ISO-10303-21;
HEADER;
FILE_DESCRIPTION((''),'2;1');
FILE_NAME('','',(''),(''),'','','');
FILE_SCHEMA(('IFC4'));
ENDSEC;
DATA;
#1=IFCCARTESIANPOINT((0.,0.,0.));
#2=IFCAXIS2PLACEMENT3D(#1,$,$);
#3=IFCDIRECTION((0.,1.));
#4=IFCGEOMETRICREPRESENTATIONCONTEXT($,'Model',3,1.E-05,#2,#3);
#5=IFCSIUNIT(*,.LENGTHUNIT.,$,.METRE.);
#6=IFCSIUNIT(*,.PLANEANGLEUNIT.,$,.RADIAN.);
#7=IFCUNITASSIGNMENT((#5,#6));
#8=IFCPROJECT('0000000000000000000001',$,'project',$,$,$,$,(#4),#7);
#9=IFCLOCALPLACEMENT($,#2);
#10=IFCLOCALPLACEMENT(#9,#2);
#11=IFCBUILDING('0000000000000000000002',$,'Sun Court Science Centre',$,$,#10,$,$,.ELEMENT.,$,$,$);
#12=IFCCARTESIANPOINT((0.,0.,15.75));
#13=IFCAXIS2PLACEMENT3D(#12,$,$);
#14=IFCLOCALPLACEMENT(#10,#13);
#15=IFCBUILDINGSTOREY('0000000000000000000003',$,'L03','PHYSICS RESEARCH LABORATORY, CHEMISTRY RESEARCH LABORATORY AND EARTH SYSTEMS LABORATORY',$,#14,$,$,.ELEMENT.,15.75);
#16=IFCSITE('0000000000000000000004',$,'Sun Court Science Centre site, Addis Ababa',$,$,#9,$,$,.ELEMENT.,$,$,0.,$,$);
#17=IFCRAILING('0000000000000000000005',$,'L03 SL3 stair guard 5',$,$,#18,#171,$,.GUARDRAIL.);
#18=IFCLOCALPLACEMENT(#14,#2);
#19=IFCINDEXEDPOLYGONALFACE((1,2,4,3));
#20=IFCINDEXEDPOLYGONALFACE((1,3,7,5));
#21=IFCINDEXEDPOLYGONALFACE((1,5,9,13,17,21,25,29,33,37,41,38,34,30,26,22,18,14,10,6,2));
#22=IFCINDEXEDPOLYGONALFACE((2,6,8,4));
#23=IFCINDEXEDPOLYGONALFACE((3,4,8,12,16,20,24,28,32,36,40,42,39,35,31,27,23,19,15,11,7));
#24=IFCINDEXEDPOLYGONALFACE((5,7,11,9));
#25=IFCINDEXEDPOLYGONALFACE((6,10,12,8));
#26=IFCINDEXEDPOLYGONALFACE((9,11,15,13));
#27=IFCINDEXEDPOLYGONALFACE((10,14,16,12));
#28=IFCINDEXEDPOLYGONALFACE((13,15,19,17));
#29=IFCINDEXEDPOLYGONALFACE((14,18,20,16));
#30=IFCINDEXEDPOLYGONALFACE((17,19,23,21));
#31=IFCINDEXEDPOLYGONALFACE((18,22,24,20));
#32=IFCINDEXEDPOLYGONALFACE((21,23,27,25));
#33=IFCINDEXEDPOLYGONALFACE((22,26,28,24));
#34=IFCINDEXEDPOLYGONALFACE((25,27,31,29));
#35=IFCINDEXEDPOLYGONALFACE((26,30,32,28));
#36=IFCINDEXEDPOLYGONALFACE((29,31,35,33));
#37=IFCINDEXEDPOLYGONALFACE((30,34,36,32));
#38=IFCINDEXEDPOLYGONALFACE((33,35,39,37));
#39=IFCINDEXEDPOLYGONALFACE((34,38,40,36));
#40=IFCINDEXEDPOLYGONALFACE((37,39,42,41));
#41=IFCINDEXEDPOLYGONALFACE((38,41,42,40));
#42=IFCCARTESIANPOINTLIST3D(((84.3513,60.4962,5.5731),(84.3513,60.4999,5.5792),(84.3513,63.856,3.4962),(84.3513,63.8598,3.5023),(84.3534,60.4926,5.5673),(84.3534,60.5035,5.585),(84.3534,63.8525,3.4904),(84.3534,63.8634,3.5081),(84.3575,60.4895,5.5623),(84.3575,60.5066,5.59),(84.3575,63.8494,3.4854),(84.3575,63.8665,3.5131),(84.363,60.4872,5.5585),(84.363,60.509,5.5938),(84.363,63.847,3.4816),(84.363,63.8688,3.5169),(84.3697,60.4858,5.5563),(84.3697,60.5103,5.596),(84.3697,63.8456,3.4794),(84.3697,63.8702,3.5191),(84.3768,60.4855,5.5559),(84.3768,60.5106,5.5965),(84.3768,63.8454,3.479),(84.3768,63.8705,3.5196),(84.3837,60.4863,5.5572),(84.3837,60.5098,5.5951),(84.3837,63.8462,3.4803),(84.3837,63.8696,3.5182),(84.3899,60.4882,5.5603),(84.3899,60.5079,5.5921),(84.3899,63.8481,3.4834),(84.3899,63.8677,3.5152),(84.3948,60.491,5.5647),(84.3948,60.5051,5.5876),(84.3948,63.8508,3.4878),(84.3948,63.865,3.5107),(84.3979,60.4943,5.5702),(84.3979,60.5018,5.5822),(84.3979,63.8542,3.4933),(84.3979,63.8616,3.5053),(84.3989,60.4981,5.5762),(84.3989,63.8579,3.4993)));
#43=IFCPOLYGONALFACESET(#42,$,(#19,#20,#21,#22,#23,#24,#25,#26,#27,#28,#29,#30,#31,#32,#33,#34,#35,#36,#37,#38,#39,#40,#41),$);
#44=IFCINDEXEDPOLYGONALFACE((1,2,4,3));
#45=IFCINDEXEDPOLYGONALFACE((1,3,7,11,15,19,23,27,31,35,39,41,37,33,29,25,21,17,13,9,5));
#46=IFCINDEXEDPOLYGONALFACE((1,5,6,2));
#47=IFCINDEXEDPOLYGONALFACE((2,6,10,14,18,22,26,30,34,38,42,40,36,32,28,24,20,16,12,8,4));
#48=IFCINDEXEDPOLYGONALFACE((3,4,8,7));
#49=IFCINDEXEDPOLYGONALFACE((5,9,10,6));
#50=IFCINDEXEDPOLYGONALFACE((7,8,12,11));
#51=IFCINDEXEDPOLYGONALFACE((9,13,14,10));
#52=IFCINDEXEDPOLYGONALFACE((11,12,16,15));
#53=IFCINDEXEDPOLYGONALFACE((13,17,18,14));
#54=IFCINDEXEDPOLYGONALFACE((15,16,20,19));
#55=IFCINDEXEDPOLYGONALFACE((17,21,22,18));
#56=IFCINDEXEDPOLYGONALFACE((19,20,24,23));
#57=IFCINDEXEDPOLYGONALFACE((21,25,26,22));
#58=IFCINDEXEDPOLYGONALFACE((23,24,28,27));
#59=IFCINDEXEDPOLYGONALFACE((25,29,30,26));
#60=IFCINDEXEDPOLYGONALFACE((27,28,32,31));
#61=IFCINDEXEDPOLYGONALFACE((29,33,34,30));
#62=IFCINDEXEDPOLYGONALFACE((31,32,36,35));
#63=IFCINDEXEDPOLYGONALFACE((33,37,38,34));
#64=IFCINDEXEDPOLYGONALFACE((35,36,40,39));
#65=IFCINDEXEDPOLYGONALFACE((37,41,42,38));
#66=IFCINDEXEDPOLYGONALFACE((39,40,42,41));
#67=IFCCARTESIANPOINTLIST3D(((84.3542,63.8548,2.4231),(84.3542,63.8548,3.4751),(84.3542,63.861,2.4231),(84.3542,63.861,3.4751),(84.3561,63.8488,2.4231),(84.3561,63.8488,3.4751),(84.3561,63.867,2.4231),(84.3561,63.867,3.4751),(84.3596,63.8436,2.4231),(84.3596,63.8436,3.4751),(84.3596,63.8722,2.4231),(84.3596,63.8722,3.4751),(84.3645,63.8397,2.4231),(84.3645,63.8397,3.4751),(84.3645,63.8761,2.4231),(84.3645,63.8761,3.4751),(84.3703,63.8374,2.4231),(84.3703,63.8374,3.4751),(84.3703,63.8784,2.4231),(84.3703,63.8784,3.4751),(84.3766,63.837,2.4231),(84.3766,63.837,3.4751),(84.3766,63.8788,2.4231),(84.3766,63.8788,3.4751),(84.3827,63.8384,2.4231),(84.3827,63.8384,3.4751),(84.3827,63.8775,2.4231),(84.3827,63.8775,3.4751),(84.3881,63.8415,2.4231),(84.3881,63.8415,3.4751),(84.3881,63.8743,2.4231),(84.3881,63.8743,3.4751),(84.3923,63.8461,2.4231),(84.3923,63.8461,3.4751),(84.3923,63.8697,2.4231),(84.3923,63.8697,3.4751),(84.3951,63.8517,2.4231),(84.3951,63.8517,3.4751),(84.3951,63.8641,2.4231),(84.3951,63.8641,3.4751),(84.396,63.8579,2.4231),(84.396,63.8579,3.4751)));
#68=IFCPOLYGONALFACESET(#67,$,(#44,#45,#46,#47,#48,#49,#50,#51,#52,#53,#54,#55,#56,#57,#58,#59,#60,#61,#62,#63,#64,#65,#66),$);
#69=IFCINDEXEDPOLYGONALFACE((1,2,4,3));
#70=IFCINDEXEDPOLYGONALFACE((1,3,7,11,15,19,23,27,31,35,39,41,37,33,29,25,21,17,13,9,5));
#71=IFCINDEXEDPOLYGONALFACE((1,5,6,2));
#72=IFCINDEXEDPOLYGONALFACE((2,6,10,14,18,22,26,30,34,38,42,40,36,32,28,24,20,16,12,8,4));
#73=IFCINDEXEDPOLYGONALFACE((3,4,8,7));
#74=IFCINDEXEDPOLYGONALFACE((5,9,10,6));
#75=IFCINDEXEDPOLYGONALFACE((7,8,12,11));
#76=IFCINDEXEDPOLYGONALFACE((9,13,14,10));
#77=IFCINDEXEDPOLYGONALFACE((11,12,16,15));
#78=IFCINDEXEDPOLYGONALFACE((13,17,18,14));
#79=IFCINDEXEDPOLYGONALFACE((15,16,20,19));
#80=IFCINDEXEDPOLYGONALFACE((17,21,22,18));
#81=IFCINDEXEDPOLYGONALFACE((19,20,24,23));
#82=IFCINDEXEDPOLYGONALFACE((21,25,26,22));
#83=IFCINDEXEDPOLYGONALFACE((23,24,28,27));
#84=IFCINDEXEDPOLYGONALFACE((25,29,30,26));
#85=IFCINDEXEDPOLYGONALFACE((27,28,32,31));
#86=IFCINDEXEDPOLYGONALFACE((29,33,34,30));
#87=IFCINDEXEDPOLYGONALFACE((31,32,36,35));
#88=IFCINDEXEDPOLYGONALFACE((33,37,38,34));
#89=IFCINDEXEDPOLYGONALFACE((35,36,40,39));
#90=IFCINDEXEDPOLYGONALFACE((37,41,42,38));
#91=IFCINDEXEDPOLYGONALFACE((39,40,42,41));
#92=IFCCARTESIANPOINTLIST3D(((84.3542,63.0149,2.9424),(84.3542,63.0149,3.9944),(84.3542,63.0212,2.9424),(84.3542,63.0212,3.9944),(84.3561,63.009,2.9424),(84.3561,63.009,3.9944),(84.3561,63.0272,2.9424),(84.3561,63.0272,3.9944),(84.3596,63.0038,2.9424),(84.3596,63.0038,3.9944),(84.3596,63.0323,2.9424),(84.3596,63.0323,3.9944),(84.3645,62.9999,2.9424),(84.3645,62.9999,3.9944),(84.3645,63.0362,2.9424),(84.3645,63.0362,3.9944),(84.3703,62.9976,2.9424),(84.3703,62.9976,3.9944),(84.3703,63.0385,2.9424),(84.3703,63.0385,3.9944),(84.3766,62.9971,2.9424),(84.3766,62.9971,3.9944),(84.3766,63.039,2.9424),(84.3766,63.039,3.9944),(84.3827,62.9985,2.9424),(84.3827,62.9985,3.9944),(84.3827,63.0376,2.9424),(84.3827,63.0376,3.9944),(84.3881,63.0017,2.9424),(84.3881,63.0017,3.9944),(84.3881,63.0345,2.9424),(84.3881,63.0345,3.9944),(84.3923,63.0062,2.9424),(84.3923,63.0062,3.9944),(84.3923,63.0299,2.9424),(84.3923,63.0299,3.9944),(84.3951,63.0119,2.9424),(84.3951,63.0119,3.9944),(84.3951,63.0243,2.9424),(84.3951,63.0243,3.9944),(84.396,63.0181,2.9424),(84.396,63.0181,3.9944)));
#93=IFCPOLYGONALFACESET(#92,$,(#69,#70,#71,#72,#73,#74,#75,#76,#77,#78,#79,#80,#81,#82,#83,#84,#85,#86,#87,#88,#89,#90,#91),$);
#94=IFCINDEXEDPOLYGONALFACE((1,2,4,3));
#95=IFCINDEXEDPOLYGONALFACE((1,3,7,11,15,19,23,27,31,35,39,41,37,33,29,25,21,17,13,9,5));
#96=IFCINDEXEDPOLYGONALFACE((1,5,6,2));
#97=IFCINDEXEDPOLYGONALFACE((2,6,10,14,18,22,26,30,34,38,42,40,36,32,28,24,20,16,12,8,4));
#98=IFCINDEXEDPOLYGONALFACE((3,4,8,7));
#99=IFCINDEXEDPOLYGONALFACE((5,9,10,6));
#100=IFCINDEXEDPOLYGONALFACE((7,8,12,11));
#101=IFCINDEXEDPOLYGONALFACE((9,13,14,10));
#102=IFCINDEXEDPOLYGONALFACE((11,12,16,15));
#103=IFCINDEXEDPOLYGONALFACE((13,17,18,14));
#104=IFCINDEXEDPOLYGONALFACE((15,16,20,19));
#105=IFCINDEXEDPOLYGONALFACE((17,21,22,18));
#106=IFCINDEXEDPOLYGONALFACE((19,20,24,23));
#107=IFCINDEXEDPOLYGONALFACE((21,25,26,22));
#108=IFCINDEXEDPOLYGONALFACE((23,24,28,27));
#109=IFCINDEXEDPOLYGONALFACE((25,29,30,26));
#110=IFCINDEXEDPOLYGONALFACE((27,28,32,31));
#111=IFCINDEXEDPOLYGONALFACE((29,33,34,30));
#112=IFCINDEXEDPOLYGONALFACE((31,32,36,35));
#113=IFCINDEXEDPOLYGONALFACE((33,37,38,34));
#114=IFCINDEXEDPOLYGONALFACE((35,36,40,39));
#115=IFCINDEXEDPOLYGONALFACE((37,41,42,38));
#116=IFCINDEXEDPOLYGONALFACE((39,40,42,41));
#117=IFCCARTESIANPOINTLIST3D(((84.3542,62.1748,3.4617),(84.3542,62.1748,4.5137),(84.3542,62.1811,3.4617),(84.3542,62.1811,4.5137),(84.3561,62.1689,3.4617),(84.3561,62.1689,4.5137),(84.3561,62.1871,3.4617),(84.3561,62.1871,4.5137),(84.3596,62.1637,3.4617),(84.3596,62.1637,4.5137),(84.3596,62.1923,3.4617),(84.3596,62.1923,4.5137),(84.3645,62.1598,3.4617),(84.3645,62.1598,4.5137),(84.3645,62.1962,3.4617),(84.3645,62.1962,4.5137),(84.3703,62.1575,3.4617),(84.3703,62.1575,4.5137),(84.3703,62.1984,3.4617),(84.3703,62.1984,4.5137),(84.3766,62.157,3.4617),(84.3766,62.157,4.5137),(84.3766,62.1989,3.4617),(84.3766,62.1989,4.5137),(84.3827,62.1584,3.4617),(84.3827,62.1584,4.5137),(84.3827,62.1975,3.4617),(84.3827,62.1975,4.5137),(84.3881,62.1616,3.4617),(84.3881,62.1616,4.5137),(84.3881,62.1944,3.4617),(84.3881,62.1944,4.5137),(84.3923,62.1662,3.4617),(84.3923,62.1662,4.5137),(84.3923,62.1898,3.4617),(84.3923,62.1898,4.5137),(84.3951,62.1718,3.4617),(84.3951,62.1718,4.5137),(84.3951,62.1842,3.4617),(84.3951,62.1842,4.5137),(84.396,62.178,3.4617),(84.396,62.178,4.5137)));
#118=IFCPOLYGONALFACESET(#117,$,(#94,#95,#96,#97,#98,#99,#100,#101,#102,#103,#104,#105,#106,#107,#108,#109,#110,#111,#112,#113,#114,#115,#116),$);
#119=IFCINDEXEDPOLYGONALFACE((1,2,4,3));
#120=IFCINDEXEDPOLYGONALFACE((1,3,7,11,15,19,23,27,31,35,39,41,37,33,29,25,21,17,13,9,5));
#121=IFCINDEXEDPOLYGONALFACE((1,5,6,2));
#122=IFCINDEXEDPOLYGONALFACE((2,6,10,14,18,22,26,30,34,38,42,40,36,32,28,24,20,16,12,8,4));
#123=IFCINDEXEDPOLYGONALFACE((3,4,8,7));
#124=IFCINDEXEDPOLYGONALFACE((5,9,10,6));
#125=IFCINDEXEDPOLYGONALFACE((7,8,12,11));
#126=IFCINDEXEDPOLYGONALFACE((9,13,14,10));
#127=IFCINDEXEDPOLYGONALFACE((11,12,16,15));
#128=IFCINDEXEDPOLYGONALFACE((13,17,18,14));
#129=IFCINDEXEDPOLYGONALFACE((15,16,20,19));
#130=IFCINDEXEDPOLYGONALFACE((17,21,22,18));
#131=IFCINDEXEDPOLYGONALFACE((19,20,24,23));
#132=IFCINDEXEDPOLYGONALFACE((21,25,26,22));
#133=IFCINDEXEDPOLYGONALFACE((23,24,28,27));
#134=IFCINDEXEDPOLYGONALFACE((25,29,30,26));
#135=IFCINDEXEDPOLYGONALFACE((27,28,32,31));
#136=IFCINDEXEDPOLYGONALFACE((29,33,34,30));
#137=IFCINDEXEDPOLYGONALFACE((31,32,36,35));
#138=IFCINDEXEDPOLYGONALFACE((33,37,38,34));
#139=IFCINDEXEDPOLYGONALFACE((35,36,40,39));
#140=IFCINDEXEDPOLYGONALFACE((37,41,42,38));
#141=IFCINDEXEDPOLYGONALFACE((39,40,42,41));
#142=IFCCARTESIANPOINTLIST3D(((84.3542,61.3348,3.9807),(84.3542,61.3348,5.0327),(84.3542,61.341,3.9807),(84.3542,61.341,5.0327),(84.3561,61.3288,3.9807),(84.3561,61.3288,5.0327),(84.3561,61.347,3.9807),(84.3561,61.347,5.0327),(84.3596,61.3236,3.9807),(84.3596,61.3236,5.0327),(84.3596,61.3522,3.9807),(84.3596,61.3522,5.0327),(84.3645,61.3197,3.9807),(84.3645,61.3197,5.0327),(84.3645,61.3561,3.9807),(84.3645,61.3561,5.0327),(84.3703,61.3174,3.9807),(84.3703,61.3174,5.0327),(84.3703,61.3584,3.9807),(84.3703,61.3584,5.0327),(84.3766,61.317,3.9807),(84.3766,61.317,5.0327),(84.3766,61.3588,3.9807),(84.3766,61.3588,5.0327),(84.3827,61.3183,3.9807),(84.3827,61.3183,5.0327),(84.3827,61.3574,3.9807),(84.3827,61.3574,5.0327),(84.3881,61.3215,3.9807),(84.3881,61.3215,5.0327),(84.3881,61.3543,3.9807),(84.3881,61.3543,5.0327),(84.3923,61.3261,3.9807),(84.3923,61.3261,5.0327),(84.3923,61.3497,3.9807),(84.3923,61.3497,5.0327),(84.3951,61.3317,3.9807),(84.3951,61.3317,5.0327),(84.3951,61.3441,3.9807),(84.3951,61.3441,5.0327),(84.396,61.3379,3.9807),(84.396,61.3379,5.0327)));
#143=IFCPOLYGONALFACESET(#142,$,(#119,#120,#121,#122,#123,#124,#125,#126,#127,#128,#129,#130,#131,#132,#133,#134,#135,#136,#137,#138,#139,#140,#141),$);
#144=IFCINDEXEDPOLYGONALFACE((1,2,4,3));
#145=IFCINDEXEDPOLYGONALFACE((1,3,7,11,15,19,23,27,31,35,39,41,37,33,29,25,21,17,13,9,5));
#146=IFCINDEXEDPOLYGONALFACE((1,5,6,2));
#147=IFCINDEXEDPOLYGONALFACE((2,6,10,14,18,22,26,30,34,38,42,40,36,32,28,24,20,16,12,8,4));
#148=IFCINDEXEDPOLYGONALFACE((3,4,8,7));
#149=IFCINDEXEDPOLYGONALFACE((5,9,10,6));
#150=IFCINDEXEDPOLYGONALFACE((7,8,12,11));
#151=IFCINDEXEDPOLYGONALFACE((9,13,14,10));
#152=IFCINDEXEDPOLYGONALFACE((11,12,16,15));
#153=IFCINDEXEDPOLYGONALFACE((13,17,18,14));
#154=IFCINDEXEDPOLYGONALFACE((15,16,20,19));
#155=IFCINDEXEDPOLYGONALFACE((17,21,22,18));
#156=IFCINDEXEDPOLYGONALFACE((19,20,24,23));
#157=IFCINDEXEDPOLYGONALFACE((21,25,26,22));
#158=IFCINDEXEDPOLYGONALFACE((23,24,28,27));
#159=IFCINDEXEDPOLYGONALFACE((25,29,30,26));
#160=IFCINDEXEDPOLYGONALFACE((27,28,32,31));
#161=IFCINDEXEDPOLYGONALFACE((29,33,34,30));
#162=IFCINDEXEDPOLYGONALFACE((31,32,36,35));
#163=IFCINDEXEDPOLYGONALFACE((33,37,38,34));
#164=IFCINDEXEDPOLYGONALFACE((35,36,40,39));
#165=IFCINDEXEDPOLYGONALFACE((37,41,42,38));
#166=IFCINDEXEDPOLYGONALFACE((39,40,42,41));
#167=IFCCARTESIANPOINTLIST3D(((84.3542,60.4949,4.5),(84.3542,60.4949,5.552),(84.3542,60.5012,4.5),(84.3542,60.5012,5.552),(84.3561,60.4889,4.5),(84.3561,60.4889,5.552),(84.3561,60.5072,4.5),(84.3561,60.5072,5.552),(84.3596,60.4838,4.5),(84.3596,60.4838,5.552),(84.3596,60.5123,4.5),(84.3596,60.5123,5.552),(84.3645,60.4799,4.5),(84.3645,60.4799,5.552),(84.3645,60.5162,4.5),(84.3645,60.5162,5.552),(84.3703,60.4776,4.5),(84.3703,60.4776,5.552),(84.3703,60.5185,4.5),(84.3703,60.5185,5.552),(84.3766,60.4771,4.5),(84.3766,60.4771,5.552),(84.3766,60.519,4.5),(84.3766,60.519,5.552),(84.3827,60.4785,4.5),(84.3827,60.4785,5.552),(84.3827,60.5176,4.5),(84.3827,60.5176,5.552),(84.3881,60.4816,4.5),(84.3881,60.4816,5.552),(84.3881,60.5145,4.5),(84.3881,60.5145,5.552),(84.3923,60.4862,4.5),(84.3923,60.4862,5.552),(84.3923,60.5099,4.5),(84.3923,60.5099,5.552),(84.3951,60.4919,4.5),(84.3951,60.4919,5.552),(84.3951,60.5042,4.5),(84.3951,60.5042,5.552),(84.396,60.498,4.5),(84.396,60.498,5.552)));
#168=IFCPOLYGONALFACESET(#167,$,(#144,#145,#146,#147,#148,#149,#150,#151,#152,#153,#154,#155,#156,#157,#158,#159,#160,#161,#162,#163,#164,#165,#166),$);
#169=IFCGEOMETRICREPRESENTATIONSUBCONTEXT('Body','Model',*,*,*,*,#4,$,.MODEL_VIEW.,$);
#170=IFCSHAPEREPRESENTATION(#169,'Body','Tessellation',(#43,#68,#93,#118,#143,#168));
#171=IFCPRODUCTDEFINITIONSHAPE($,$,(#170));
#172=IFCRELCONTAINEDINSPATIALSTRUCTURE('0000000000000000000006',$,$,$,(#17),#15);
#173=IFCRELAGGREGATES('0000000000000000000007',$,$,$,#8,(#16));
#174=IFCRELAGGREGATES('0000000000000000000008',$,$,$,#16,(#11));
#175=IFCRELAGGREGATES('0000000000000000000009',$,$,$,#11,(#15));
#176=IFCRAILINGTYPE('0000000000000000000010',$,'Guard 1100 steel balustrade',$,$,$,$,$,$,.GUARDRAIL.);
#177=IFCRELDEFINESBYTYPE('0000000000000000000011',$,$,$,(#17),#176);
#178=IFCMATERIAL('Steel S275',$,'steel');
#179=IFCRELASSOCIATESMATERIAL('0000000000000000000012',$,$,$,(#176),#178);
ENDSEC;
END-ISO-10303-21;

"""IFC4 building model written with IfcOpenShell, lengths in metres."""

from ifc_helpers import new_model, si_unit, direction, frame, origin, origin_2d, place, context, subcontext, project, spatial, circle, extrude, material, type_object, element, save


model = new_model("IFC4")

# Units and contexts
model_context = context("Model", 3, precision=1e-05, world=origin(), true_north=direction((0.0, 1.0)))
body_context = subcontext(model_context, "Body", "Model", "MODEL_VIEW")
ifc_project = project(units=[si_unit("LENGTHUNIT", "METRE"), si_unit("PLANEANGLEUNIT", "RADIAN")], contexts=[model_context])

# Site, building, storey
site_placement = place(None, origin())
site = spatial("IfcSite", under=ifc_project, at=site_placement, Name="Sun Court Science Centre site, Addis Ababa", CompositionType="ELEMENT", RefElevation=0.0)
building_placement = place(site_placement, origin())
building = spatial("IfcBuilding", under=site, at=building_placement, Name="Sun Court Science Centre", CompositionType="ELEMENT")
storey_placement = place(building_placement, frame((0.0, 0.0, 15.75)))
storey = spatial("IfcBuildingStorey", under=building, at=storey_placement, Name="L03", Description="PHYSICS RESEARCH LABORATORY, CHEMISTRY RESEARCH LABORATORY AND EARTH SYSTEMS LABORATORY", CompositionType="ELEMENT", Elevation=15.75)

# Railing
ifc_material_1 = material(Name="Steel S275", Category="steel")
railing_type_1 = type_object("IfcRailingType", Name="Guard 1100 steel balustrade", PredefinedType="GUARDRAIL", material=ifc_material_1)
railing_1_placement = place(storey_placement, frame((84.375, 63.8579, 2.4231)))
element("IfcRailing", 1, at=railing_1_placement, inside=storey, type_object=railing_type_1, Name="L03 SL3 stair guard 5", PredefinedType="GUARDRAIL", context=body_context, shape_type="SweptSolid", body=[
    extrude(circle(Radius=0.0239, at=origin_2d()), frame((0.0, 0.0, 1.0762), z_axis=(0.0, -0.850606, 0.525803), x_axis=(1.0, 0.0, 0.0)), (0.0, 0.0, 1.0), 3.95),
    extrude(circle(Radius=0.021, at=origin_2d()), origin(), (0.0, 0.0, 1.0), 1.052),
    extrude(circle(Radius=0.021, at=origin_2d()), frame((0.0, -0.8398, 0.5193)), (0.0, 0.0, 1.0), 1.052),
    extrude(circle(Radius=0.021, at=origin_2d()), frame((0.0, -1.6799, 1.0386)), (0.0, 0.0, 1.0), 1.052),
    extrude(circle(Radius=0.021, at=origin_2d()), frame((0.0, -2.52, 1.5576)), (0.0, 0.0, 1.0), 1.052),
    extrude(circle(Radius=0.021, at=origin_2d()), frame((0.0, -3.3599, 2.0769)), (0.0, 0.0, 1.0), 1.052),
])

save(model, "model.ifc")
